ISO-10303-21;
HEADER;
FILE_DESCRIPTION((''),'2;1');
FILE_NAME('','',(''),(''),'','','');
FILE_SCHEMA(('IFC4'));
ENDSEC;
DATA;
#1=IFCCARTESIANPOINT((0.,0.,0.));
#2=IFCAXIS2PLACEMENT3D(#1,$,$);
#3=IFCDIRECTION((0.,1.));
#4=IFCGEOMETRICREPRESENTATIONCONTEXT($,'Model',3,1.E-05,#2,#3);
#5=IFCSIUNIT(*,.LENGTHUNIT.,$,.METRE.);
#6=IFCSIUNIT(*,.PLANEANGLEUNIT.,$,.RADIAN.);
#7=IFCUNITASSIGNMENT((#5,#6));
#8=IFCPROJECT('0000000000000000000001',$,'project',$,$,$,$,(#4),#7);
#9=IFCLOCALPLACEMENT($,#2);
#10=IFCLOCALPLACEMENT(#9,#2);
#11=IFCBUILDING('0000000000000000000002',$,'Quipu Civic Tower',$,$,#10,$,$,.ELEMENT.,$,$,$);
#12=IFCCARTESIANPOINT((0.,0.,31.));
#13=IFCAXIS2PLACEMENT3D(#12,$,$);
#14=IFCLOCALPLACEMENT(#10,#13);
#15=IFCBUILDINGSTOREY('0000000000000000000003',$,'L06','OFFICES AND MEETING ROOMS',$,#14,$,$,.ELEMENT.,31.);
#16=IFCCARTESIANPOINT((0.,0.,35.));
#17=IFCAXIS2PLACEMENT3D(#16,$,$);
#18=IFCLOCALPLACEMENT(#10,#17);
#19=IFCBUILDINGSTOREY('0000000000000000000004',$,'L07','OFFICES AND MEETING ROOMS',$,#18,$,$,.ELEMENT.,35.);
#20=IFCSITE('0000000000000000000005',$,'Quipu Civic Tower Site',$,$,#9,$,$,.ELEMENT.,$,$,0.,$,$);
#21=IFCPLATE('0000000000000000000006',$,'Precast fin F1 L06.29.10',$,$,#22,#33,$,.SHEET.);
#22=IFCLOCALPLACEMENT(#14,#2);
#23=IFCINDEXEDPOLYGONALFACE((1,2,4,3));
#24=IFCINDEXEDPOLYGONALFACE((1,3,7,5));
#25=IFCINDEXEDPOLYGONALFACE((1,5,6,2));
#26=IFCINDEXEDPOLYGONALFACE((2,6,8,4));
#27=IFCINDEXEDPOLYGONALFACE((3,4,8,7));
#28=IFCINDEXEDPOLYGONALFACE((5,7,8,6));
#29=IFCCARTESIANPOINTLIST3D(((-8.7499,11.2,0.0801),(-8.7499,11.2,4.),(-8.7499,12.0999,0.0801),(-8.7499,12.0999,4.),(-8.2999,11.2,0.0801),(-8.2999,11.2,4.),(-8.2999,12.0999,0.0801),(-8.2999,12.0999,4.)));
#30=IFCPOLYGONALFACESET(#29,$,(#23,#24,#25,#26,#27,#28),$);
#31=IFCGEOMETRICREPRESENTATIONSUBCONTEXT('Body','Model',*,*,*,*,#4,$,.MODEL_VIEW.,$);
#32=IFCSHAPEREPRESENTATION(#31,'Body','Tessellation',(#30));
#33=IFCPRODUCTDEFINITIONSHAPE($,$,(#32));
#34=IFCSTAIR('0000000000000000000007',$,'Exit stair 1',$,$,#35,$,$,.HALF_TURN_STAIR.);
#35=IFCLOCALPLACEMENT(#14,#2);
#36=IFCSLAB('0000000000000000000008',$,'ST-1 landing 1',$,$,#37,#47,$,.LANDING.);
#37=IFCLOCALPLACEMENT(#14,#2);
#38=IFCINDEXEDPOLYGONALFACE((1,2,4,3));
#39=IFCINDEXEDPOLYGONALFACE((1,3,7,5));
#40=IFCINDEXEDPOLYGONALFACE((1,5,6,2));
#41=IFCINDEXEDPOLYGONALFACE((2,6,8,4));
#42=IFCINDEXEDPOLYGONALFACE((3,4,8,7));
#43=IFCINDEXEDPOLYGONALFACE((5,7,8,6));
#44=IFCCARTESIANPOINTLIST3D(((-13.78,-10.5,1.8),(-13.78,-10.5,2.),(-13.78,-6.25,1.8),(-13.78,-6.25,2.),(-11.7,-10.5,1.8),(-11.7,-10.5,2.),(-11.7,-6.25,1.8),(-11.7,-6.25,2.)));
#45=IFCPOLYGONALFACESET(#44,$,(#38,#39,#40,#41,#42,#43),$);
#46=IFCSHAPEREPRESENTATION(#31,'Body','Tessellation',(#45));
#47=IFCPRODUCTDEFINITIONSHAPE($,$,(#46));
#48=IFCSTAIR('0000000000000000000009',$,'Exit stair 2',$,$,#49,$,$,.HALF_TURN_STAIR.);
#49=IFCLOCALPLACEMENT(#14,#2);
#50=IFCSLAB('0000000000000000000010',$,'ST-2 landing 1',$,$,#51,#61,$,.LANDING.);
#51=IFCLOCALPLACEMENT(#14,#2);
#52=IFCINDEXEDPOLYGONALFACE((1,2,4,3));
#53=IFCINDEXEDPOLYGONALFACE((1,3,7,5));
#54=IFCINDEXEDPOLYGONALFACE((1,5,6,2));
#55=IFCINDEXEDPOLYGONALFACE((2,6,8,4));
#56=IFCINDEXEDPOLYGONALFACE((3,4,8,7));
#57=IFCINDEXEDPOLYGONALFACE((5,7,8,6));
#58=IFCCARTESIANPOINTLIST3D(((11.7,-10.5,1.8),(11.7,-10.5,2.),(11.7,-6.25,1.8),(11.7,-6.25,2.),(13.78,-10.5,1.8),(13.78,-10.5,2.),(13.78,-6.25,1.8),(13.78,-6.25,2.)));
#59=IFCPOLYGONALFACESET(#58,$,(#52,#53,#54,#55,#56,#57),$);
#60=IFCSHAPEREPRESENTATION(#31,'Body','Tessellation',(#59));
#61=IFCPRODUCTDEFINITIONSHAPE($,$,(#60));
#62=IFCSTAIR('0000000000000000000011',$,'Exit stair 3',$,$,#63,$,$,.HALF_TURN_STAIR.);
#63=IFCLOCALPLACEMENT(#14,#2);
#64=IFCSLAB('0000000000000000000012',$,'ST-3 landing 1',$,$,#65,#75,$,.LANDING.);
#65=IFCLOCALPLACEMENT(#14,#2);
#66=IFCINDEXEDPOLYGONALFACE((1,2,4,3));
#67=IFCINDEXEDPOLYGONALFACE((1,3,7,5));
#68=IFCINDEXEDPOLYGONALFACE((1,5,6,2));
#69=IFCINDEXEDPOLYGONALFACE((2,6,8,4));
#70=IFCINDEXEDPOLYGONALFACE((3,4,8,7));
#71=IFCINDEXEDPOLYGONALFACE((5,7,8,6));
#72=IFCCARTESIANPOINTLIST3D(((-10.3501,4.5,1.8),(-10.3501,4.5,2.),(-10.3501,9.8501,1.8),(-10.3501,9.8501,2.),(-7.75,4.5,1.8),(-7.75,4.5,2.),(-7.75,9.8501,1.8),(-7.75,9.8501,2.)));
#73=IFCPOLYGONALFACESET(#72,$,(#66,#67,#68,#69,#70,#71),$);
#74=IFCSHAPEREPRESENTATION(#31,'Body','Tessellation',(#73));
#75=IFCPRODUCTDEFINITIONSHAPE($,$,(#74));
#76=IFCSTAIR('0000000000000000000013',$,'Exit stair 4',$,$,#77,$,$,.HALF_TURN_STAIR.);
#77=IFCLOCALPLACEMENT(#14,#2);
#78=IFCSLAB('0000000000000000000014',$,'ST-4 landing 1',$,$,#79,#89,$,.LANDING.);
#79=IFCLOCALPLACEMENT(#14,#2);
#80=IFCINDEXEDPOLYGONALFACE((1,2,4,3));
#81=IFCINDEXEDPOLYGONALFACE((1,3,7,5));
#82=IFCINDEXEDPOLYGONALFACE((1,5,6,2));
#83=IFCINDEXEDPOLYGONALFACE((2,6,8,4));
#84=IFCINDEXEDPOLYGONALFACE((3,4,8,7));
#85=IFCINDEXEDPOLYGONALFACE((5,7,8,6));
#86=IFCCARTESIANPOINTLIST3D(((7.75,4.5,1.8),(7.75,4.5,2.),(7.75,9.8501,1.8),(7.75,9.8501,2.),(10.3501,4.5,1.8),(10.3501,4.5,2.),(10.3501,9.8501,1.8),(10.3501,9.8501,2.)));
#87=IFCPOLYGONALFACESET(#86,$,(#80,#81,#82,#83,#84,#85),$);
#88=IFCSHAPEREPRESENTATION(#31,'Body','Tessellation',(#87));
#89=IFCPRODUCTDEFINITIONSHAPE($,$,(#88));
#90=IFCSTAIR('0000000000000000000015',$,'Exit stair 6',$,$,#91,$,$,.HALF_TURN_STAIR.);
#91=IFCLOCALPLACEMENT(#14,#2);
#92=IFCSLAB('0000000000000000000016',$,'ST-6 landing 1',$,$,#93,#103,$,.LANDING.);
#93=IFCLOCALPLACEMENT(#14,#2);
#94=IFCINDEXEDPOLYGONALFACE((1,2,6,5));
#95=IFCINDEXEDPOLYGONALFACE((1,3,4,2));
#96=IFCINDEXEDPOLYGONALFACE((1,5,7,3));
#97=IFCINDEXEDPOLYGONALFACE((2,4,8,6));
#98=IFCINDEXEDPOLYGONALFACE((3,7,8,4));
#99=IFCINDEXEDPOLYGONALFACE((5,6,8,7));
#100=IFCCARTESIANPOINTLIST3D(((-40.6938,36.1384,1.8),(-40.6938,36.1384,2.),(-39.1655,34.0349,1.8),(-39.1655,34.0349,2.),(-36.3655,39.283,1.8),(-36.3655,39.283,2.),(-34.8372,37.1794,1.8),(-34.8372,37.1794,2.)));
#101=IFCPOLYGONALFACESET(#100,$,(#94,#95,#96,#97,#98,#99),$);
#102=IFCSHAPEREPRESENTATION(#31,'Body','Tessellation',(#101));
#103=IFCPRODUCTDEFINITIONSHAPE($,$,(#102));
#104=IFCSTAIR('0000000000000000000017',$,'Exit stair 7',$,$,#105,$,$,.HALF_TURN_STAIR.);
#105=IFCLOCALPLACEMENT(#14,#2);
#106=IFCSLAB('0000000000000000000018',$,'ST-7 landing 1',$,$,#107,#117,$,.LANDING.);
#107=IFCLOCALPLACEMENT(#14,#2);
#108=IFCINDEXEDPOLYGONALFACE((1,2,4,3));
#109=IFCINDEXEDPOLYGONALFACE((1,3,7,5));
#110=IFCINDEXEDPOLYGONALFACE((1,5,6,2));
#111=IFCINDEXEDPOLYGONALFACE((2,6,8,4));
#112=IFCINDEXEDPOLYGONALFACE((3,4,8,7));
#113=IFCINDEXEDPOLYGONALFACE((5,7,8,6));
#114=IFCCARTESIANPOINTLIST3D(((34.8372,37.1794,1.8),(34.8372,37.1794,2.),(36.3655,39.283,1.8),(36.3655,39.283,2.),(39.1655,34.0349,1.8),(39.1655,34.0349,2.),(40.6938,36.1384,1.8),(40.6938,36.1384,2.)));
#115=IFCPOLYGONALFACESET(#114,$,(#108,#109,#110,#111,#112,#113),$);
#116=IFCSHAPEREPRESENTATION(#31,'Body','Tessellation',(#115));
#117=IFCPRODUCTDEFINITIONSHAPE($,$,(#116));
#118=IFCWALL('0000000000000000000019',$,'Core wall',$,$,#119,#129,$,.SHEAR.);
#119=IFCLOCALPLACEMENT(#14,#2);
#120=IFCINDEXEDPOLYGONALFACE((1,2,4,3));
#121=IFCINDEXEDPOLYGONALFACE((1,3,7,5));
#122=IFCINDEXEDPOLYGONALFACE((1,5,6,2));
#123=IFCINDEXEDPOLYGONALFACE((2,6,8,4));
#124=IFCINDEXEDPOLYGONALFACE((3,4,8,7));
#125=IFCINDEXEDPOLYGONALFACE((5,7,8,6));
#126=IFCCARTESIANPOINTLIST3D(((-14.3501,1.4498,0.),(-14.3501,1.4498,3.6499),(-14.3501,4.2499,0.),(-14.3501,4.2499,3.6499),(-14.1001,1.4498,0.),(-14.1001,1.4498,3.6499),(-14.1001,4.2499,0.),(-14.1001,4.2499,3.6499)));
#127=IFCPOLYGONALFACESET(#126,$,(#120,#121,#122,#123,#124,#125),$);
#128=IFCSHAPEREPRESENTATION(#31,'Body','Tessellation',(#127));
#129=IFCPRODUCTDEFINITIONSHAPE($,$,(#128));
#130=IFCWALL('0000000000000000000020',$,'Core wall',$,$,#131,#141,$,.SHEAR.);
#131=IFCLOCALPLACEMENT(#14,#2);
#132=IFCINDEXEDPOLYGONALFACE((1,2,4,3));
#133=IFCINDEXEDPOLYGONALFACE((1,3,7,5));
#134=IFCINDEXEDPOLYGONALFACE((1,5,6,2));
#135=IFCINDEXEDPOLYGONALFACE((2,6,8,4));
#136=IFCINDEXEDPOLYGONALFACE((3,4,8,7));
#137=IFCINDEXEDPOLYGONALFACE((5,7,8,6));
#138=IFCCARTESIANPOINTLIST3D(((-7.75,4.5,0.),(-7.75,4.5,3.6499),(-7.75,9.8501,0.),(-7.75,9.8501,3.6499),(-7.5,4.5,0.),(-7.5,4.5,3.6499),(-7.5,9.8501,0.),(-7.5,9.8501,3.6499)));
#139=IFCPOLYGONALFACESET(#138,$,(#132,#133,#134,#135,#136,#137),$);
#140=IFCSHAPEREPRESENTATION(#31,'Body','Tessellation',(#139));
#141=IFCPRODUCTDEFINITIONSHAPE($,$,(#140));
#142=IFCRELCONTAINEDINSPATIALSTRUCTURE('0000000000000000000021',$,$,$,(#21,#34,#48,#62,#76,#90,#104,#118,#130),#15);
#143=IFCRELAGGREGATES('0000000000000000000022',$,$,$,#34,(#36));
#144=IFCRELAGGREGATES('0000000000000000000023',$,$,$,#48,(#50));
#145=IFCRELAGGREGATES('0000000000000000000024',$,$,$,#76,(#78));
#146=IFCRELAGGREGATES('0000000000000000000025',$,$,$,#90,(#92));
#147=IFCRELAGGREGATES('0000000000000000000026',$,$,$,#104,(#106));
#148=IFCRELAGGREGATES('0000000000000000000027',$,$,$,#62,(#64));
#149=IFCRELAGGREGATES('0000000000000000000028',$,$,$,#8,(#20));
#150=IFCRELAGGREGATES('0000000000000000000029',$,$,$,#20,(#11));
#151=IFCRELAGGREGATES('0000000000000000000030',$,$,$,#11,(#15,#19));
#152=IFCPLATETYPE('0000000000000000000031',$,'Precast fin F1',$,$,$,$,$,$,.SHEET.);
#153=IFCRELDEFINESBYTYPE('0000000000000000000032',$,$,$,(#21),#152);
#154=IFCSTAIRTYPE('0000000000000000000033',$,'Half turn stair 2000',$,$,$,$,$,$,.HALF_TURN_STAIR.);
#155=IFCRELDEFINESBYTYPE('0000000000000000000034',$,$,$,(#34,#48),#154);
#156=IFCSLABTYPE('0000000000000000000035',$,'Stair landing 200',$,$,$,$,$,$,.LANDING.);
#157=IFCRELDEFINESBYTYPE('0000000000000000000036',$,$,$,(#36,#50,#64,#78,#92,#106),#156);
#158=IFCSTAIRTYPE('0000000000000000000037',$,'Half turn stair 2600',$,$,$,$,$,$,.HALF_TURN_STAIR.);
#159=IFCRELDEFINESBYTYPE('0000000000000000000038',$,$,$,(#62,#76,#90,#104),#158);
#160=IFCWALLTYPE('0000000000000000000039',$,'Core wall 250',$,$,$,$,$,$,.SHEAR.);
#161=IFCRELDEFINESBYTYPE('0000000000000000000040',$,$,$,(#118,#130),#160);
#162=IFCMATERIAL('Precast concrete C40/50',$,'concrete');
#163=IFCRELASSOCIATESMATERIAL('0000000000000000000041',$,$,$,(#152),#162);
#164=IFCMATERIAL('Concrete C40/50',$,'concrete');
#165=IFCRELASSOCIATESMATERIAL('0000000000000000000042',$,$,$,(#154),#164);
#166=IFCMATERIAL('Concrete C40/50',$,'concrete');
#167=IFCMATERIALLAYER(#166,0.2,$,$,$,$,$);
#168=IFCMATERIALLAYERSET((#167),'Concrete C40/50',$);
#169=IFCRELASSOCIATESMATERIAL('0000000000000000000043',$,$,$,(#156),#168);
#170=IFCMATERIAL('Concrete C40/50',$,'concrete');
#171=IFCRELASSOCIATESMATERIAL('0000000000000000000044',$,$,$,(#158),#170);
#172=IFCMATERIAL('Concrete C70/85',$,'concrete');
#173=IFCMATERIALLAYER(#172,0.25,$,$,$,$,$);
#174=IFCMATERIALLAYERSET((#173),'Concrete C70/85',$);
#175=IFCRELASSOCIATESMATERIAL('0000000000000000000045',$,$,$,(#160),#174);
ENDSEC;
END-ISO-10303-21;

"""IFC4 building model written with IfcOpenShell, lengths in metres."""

from ifc_helpers import new_model, si_unit, direction, frame, frame_2d, origin, origin_2d, place, context, subcontext, project, spatial, polyline, rectangle, outline, extrude, material, layer, layer_set, type_object, element, aggregate, save


model = new_model("IFC4")

# Units and contexts
model_context = context("Model", 3, precision=1e-05, world=origin(), true_north=direction((0.0, 1.0)))
body_context = subcontext(model_context, "Body", "Model", "MODEL_VIEW")
ifc_project = project(units=[si_unit("LENGTHUNIT", "METRE"), si_unit("PLANEANGLEUNIT", "RADIAN")], contexts=[model_context])

# Site, building, storey
site_placement = place(None, origin())
site = spatial("IfcSite", under=ifc_project, at=site_placement, Name="Quipu Civic Tower Site", CompositionType="ELEMENT", RefElevation=0.0)
building_placement = place(site_placement, origin())
building = spatial("IfcBuilding", under=site, at=building_placement, Name="Quipu Civic Tower", CompositionType="ELEMENT")
storey_1_placement = place(building_placement, frame((0.0, 0.0, 31.0)))
storey_1 = spatial("IfcBuildingStorey", under=building, at=storey_1_placement, Name="L06", Description="OFFICES AND MEETING ROOMS", CompositionType="ELEMENT", Elevation=31.0)

# Shared definitions
storey_2_placement = place(building_placement, frame((0.0, 0.0, 35.0)))
storey_2 = spatial("IfcBuildingStorey", under=building, at=storey_2_placement, Name="L07", Description="OFFICES AND MEETING ROOMS", CompositionType="ELEMENT", Elevation=35.0)

# Plate
ifc_material_1 = material(Name="Precast concrete C40/50", Category="concrete")
plate_type_1 = type_object("IfcPlateType", Name="Precast fin F1", PredefinedType="SHEET", material=ifc_material_1)
for number, where, z_axis, x_axis, name in (
    (1, (-8.5249, 11.6499, 0.0801), (0.0, 0.0, 1.0), (-1.0, 0.0, 0.0), "Precast fin F1 L06.29.10"),
):
    element("IfcPlate", number, at=place(storey_1_placement, frame(where, z_axis=z_axis, x_axis=x_axis)), inside=storey_1, type_object=plate_type_1, Name=name, PredefinedType="SHEET", context=body_context, shape_type="SweptSolid", body=[
        extrude(rectangle(XDim=0.45, YDim=0.8999, at=origin_2d()), origin(), (0.0, 0.0, 1.0), 3.9199),
    ])

# Stairs, slabs
ifc_material_2 = material(Name="Concrete C40/50", Category="concrete")
stair_type_1 = type_object("IfcStairType", Name="Half turn stair 2000", PredefinedType="HALF_TURN_STAIR", material=ifc_material_2)
stair_1_placement = place(storey_1_placement, origin())
stair_1 = element("IfcStair", 2, at=stair_1_placement, inside=storey_1, type_object=stair_type_1, Name="Exit stair 1", PredefinedType="HALF_TURN_STAIR")
ifc_material_3 = material(Name="Concrete C40/50", Category="concrete")
ifc_layer_1 = layer(ifc_material_3, 0.2)
ifc_layer_set_1 = layer_set([ifc_layer_1], Name="Concrete C40/50")
slab_type = type_object("IfcSlabType", Name="Stair landing 200", PredefinedType="LANDING", material=ifc_layer_set_1)
slab_1_placement = place(storey_1_placement, frame((0.0, 0.0, 1.8)))
slab_1 = element("IfcSlab", 3, at=slab_1_placement, type_object=slab_type, Name="ST-1 landing 1", PredefinedType="LANDING", context=body_context, shape_type="SweptSolid", body=[
    extrude(outline(polyline([(-13.78, -10.5), (-11.7, -10.5), (-11.7, -6.25), (-13.78, -6.25), (-13.78, -10.5)])), origin(), (0.0, 0.0, 1.0), 0.2),
])
aggregate(stair_1, [slab_1])
stair_2_placement = place(storey_1_placement, origin())
stair_2 = element("IfcStair", 4, at=stair_2_placement, inside=storey_1, type_object=stair_type_1, Name="Exit stair 2", PredefinedType="HALF_TURN_STAIR")
slab_2_placement = place(storey_1_placement, frame((0.0, 0.0, 1.8)))
slab_2 = element("IfcSlab", 5, at=slab_2_placement, type_object=slab_type, Name="ST-2 landing 1", PredefinedType="LANDING", context=body_context, shape_type="SweptSolid", body=[
    extrude(outline(polyline([(13.78, -6.25), (11.7, -6.25), (11.7, -10.5), (13.78, -10.5), (13.78, -6.25)])), origin(), (0.0, 0.0, 1.0), 0.2),
])
aggregate(stair_2, [slab_2])
ifc_material_4 = material(Name="Concrete C40/50", Category="concrete")
stair_type_2 = type_object("IfcStairType", Name="Half turn stair 2600", PredefinedType="HALF_TURN_STAIR", material=ifc_material_4)
stair_3_placement = place(storey_1_placement, origin())
stair_3 = element("IfcStair", 6, at=stair_3_placement, inside=storey_1, type_object=stair_type_2, Name="Exit stair 3", PredefinedType="HALF_TURN_STAIR")
slab_3_placement = place(storey_1_placement, frame((0.0, 0.0, 1.8)))
slab_3 = element("IfcSlab", 7, at=slab_3_placement, type_object=slab_type, Name="ST-3 landing 1", PredefinedType="LANDING", context=body_context, shape_type="SweptSolid", body=[
    extrude(outline(polyline([(-10.3501, 4.5), (-7.75, 4.5), (-7.75, 9.8501), (-10.3501, 9.8501), (-10.3501, 4.5)])), origin(), (0.0, 0.0, 1.0), 0.2),
])
stair_4_placement = place(storey_1_placement, origin())
stair_4 = element("IfcStair", 8, at=stair_4_placement, inside=storey_1, type_object=stair_type_2, Name="Exit stair 4", PredefinedType="HALF_TURN_STAIR")
slab_4_placement = place(storey_1_placement, frame((0.0, 0.0, 1.8)))
slab_4 = element("IfcSlab", 9, at=slab_4_placement, type_object=slab_type, Name="ST-4 landing 1", PredefinedType="LANDING", context=body_context, shape_type="SweptSolid", body=[
    extrude(outline(polyline([(10.3501, 9.8501), (7.75, 9.8501), (7.75, 4.5), (10.3501, 4.5), (10.3501, 9.8501)])), origin(), (0.0, 0.0, 1.0), 0.2),
])
aggregate(stair_4, [slab_4])
stair_5_placement = place(storey_1_placement, origin())
stair_5 = element("IfcStair", 10, at=stair_5_placement, inside=storey_1, type_object=stair_type_2, Name="Exit stair 6", PredefinedType="HALF_TURN_STAIR")
slab_5_placement = place(storey_1_placement, frame((0.0, 0.0, 1.8)))
slab_5 = element("IfcSlab", 11, at=slab_5_placement, type_object=slab_type, Name="ST-6 landing 1", PredefinedType="LANDING", context=body_context, shape_type="SweptSolid", body=[
    extrude(outline(polyline([(-34.8372, 37.1794), (-36.3655, 39.283), (-40.6938, 36.1384), (-39.1655, 34.0349), (-34.8372, 37.1794)])), origin(), (0.0, 0.0, 1.0), 0.2),
])
aggregate(stair_5, [slab_5])
stair_6_placement = place(storey_1_placement, origin())
stair_6 = element("IfcStair", 12, at=stair_6_placement, inside=storey_1, type_object=stair_type_2, Name="Exit stair 7", PredefinedType="HALF_TURN_STAIR")
slab_6_placement = place(storey_1_placement, frame((0.0, 0.0, 1.8)))
slab_6 = element("IfcSlab", 13, at=slab_6_placement, type_object=slab_type, Name="ST-7 landing 1", PredefinedType="LANDING", context=body_context, shape_type="SweptSolid", body=[
    extrude(outline(polyline([(39.1655, 34.0349), (40.6938, 36.1384), (36.3655, 39.283), (34.8372, 37.1794), (39.1655, 34.0349)])), origin(), (0.0, 0.0, 1.0), 0.2),
])
aggregate(stair_6, [slab_6])

# Walls
ifc_material_5 = material(Name="Concrete C70/85", Category="concrete")
ifc_layer_2 = layer(ifc_material_5, 0.25)
ifc_layer_set_2 = layer_set([ifc_layer_2], Name="Concrete C70/85")
wall_type_1 = type_object("IfcWallType", Name="Core wall 250", PredefinedType="SHEAR", material=ifc_layer_set_2)
wall_1_placement = place(storey_1_placement, frame((-14.2251, 1.45, 0.0), z_axis=(0.0, 0.0, 1.0), x_axis=(0.0, 1.0, 0.0)))
element("IfcWall", 14, at=wall_1_placement, inside=storey_1, type_object=wall_type_1, Name="Core wall", PredefinedType="SHEAR", context=body_context, shape_type="SweptSolid", body=[
    extrude(rectangle(XDim=2.8, YDim=0.25, at=frame_2d((1.3999, 0.0))), origin(), (0.0, 0.0, 1.0), 3.6499),
])
wall_2_placement = place(storey_1_placement, frame((-7.625, 4.5, 0.0), z_axis=(0.0, 0.0, 1.0), x_axis=(0.0, 1.0, 0.0)))
element("IfcWall", 15, at=wall_2_placement, inside=storey_1, type_object=wall_type_1, Name="Core wall", PredefinedType="SHEAR", context=body_context, shape_type="SweptSolid", body=[
    extrude(rectangle(XDim=5.3501, YDim=0.25, at=frame_2d((2.675, 0.0))), origin(), (0.0, 0.0, 1.0), 3.6499),
])

aggregate(stair_3, [slab_3])

save(model, "model.ifc")
